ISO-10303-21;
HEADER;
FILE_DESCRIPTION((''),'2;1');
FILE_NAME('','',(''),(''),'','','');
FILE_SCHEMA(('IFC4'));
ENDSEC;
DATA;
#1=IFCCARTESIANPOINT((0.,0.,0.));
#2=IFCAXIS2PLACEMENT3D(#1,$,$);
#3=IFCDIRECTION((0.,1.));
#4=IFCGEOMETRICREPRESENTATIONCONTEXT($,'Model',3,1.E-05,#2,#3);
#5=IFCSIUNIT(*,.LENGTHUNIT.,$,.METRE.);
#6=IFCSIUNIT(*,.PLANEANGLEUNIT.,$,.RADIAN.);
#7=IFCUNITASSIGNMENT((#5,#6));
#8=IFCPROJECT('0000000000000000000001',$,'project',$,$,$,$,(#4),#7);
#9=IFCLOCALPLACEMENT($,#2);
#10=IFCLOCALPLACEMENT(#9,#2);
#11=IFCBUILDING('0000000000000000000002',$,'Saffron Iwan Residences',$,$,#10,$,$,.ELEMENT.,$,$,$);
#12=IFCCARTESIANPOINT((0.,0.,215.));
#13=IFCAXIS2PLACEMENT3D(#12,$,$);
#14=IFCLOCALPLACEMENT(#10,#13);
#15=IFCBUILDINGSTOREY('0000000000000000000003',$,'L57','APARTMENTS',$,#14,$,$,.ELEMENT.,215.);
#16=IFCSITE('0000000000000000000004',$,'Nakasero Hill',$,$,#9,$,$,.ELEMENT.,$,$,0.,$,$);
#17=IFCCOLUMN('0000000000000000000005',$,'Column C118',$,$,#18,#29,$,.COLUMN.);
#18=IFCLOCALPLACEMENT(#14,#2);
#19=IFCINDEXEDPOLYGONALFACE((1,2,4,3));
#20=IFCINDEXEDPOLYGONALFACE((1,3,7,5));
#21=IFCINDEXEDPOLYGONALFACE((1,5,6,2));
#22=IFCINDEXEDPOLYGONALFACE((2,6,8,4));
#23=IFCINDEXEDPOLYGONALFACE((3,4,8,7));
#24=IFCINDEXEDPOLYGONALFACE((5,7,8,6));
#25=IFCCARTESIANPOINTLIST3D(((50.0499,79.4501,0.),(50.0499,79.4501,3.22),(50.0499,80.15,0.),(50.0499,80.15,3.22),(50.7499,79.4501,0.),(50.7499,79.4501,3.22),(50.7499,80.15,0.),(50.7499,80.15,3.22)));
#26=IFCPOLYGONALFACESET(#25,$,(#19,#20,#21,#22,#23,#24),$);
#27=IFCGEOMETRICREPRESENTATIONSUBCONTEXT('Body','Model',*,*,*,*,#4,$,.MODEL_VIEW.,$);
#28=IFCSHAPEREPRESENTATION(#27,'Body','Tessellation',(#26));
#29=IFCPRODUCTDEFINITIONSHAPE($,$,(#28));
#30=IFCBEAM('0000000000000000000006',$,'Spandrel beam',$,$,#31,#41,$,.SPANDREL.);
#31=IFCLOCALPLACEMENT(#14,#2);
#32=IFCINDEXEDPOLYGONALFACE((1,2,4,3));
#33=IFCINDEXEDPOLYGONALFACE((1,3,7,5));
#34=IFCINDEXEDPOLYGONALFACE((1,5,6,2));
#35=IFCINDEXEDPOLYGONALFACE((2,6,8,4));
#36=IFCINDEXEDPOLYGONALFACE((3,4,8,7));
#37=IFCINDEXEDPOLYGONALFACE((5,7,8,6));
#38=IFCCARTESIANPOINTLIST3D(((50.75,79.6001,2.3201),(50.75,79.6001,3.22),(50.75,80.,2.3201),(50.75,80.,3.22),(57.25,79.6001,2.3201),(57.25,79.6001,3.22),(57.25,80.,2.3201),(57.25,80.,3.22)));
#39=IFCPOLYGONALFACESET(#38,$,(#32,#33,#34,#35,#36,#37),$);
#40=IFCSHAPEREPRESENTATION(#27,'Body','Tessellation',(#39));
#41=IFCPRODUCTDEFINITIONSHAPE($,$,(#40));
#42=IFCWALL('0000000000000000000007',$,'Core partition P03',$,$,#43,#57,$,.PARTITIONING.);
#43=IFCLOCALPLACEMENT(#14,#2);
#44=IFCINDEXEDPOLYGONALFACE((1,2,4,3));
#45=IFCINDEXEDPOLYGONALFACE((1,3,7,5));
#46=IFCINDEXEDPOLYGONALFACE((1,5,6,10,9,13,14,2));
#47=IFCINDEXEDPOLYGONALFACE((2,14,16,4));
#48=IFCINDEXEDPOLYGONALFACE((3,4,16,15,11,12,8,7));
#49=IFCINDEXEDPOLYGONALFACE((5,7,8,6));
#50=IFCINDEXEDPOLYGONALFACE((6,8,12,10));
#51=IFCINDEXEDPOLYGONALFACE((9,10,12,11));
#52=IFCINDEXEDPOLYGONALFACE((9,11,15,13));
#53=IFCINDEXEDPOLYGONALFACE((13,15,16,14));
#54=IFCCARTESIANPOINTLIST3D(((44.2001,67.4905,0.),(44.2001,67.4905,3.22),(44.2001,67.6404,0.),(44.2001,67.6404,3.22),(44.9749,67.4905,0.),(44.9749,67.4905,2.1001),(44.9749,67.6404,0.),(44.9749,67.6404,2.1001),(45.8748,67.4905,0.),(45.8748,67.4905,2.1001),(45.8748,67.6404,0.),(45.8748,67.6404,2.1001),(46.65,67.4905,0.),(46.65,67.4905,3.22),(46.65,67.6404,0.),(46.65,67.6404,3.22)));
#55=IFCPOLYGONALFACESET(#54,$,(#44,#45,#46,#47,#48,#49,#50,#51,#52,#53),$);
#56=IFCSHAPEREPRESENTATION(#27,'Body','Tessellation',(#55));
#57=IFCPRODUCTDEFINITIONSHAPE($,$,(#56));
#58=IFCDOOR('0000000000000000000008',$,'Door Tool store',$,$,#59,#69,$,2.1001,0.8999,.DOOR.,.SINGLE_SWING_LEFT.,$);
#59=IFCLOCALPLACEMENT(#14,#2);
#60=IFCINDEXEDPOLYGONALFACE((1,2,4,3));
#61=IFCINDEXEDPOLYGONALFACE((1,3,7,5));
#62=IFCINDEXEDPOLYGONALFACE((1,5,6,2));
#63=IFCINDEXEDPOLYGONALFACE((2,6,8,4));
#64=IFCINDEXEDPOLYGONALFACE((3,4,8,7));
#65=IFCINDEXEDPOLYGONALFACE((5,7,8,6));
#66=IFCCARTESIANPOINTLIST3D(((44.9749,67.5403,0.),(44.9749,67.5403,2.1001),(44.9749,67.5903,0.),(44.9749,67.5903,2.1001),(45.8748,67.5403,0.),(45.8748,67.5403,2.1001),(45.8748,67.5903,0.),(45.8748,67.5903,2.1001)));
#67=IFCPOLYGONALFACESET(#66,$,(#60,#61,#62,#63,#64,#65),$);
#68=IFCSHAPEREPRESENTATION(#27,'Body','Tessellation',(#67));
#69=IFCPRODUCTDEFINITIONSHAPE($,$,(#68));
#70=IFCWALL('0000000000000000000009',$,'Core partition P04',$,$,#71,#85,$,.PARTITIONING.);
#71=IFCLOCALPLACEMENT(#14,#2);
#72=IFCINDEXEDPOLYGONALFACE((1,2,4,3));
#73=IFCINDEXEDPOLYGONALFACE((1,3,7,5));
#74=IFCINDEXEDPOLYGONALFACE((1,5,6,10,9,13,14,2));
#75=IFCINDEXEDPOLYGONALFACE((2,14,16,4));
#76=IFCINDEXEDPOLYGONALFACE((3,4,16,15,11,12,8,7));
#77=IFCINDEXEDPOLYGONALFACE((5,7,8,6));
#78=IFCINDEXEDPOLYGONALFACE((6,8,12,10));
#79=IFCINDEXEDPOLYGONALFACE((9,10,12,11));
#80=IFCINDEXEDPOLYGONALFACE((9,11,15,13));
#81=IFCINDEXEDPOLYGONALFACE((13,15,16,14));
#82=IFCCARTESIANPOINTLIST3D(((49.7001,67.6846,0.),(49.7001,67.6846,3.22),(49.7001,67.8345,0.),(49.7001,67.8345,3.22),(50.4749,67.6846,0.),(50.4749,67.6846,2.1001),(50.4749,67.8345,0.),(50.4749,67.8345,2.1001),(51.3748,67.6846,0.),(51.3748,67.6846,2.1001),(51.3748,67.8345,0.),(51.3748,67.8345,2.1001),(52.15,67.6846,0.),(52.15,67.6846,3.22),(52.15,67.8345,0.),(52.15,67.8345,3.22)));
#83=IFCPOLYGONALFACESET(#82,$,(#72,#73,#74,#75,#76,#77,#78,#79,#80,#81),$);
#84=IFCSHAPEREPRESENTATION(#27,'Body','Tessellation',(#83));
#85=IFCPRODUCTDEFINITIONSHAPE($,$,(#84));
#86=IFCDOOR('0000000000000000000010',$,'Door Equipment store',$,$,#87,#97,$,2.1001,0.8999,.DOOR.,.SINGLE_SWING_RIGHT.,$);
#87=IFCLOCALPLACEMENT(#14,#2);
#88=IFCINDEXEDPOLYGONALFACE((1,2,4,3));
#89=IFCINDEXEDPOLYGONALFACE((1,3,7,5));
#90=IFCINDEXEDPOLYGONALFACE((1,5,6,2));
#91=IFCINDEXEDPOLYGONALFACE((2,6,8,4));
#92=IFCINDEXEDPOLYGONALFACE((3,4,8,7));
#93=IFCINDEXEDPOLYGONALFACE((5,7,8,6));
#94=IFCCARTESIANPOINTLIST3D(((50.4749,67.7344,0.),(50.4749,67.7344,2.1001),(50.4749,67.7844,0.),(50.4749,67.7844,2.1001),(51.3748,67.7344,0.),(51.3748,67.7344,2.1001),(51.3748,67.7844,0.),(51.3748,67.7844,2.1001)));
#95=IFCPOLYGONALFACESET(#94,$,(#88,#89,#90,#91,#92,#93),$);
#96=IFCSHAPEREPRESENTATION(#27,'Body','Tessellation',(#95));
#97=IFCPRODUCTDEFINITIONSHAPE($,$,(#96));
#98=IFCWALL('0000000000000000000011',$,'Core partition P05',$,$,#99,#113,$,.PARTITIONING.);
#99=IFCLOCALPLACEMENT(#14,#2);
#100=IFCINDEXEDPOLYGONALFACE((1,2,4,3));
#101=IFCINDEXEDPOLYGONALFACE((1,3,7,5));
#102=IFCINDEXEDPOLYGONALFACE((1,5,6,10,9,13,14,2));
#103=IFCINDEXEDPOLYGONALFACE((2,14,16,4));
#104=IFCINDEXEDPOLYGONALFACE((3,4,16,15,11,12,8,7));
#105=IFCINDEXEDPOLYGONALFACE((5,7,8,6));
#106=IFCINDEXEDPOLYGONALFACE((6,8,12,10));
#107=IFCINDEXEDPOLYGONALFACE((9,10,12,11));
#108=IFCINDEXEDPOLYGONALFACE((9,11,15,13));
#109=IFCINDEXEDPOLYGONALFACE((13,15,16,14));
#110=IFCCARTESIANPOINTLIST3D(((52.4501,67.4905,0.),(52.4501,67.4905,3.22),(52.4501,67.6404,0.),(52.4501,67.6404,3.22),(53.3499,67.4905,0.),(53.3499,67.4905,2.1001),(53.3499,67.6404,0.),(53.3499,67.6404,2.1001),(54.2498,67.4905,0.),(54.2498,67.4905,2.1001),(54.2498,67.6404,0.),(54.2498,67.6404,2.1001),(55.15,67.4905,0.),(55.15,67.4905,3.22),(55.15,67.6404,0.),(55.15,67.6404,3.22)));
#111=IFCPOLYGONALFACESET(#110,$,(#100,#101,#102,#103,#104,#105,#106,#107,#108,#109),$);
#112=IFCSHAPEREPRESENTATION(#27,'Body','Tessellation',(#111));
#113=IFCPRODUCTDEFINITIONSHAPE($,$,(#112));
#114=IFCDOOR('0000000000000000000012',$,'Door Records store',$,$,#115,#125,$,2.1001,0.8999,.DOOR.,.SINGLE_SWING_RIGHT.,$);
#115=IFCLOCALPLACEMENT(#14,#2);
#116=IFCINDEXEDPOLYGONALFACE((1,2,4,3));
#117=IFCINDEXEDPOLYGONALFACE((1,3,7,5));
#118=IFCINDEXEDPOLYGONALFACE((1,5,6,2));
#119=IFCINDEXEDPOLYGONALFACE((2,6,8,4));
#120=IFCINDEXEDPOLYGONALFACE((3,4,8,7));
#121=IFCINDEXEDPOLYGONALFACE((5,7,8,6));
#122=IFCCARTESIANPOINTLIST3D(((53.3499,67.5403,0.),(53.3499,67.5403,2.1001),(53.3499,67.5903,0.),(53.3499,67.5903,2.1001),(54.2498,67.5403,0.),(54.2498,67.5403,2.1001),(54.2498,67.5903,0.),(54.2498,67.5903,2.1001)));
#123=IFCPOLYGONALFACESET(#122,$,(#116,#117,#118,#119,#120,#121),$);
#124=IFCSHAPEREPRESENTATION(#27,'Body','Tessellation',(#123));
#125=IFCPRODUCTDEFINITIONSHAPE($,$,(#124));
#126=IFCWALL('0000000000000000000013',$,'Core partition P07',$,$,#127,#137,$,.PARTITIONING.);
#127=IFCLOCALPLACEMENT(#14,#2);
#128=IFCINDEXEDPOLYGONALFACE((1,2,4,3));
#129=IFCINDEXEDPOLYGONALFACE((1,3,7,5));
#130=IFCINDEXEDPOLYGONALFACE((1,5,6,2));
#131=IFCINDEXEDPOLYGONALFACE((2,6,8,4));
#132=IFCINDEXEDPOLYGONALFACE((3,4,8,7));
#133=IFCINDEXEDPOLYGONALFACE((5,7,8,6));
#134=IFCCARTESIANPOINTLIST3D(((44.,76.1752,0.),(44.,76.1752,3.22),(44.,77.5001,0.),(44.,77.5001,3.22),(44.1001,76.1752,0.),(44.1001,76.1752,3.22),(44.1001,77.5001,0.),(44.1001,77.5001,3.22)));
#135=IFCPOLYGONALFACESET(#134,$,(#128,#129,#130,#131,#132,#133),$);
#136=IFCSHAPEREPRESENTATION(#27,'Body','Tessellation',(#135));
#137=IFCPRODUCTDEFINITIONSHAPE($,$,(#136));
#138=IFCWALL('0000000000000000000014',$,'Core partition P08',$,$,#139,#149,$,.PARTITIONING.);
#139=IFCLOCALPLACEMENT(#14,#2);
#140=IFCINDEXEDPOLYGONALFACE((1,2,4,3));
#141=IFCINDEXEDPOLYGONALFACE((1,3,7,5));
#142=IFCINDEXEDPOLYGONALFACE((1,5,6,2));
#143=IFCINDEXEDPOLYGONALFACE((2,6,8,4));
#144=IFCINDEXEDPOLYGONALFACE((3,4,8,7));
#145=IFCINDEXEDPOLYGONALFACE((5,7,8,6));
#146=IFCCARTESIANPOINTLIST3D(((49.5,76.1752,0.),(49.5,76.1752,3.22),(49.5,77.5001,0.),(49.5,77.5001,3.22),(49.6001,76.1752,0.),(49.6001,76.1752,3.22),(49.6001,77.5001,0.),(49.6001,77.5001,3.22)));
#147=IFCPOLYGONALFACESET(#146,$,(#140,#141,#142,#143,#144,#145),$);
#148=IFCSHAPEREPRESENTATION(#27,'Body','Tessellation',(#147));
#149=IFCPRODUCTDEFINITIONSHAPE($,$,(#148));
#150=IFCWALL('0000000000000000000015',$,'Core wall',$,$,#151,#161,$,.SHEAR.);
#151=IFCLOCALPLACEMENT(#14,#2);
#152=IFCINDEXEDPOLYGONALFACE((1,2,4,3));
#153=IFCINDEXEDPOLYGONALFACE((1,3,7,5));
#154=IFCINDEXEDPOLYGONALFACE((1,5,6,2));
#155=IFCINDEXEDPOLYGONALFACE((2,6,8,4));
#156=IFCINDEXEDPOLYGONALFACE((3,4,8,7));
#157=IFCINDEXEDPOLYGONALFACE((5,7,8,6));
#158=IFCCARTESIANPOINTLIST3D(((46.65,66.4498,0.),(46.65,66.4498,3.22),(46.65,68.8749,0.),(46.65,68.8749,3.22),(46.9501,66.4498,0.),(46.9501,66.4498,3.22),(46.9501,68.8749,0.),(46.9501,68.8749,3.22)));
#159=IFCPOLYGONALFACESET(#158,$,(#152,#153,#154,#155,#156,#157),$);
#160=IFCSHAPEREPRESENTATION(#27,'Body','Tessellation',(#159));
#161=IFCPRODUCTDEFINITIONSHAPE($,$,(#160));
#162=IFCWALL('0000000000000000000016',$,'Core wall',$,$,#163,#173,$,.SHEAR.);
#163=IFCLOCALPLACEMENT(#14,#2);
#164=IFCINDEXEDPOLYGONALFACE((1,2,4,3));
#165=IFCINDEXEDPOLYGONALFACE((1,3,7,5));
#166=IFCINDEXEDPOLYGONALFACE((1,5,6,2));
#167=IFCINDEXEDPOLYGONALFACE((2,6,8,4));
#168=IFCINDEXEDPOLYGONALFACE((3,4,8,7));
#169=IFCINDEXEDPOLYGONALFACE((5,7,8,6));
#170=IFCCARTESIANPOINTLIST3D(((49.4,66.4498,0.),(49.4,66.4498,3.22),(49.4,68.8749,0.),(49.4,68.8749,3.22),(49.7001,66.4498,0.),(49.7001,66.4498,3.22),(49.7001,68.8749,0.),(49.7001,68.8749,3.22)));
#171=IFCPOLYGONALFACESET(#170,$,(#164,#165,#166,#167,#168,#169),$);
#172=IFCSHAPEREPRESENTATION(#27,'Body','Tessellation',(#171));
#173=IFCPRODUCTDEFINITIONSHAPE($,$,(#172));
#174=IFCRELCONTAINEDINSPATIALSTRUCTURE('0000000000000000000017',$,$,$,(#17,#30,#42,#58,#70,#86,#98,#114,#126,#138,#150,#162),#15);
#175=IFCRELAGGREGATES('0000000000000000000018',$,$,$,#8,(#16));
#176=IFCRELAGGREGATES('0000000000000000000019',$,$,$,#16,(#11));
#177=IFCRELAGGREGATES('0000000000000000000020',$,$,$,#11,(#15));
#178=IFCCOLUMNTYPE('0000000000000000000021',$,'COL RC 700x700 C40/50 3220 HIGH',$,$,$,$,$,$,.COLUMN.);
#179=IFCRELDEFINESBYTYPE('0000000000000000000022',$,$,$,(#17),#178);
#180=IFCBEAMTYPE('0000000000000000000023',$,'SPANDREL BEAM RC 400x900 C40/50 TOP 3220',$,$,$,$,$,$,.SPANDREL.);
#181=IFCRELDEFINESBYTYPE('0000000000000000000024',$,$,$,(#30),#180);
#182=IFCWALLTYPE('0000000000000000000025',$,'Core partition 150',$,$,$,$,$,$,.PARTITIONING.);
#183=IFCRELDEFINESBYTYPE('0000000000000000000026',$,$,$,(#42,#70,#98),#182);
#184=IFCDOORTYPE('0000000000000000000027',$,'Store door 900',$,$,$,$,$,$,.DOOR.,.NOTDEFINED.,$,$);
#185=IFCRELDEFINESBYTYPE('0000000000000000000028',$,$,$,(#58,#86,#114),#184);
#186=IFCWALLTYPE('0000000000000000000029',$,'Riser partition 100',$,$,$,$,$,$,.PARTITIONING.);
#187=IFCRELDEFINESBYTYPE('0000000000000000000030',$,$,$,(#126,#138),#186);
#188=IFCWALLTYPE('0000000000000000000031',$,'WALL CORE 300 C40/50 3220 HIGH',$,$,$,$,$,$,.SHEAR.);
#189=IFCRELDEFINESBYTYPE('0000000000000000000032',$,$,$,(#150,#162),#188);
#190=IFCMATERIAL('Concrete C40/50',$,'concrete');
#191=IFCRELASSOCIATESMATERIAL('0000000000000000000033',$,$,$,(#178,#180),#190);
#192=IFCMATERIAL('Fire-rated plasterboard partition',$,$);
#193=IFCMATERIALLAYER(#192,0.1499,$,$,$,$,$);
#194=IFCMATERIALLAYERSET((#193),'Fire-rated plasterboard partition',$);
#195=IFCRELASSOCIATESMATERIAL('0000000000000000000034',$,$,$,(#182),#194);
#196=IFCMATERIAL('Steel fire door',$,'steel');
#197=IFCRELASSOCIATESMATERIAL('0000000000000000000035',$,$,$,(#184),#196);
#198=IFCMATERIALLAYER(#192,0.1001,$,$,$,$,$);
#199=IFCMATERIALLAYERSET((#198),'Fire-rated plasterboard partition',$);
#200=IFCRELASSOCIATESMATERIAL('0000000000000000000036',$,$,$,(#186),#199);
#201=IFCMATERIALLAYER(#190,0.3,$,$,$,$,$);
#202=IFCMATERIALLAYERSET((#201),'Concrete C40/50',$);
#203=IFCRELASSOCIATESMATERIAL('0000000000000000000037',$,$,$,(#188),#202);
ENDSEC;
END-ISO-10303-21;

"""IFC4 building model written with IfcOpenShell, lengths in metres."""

from ifc_helpers import new_model, si_unit, direction, frame, frame_2d, origin, origin_2d, place, context, subcontext, project, spatial, rectangle, extrude, source, transform, mapped, material, layer, layer_set, material_profile, profile_set, type_object, element, fill, save


model = new_model("IFC4")

# Units and contexts
model_context = context("Model", 3, precision=1e-05, world=origin(), true_north=direction((0.0, 1.0)))
body_context = subcontext(model_context, "Body", "Model", "MODEL_VIEW")
ifc_project = project(units=[si_unit("LENGTHUNIT", "METRE"), si_unit("PLANEANGLEUNIT", "RADIAN")], contexts=[model_context])

# Site, building, storey
site_placement = place(None, origin())
site = spatial("IfcSite", under=ifc_project, at=site_placement, Name="Nakasero Hill", CompositionType="ELEMENT", RefElevation=0.0)
building_placement = place(site_placement, origin())
building = spatial("IfcBuilding", under=site, at=building_placement, Name="Saffron Iwan Residences", CompositionType="ELEMENT")
storey_placement = place(building_placement, frame((0.0, 0.0, 215.0)))
storey = spatial("IfcBuildingStorey", under=building, at=storey_placement, Name="L57", Description="APARTMENTS", CompositionType="ELEMENT", Elevation=215.0)

# Column
ifc_material_1 = material(Name="Concrete C40/50", Category="concrete")
ifc_material_profile_1 = material_profile(ifc_material_1, rectangle(XDim=0.7, YDim=0.7, at=origin_2d()), Name="RC 700x700")
ifc_profile_set_1 = profile_set([ifc_material_profile_1], Name="Concrete C40/50")
column_type = type_object("IfcColumnType", Name="COL RC 700x700 C40/50 3220 HIGH", PredefinedType="COLUMN", material=ifc_profile_set_1)
shared_shape_1 = source(origin(), body_context, "Body", "SweptSolid", [
    extrude(rectangle(XDim=0.7, YDim=0.7, at=origin_2d()), origin(), (0.0, 0.0, 1.0), 3.22),
])
column_placement = place(storey_placement, frame((50.3999, 79.8, 0.0), z_axis=(0.0, 0.0, 1.0), x_axis=(1.0, 0.0, 0.0)))
element("IfcColumn", 1, at=column_placement, inside=storey, type_object=column_type, Name="Column C118", PredefinedType="COLUMN", context=body_context, shape_type="MappedRepresentation", body=[
    mapped(shared_shape_1, transform((0.0, 0.0, 0.0))),
])

# Beam
ifc_material_profile_2 = material_profile(ifc_material_1, rectangle(XDim=0.3999, YDim=0.8999, at=origin_2d()), Name="RC 400x900")
ifc_profile_set_2 = profile_set([ifc_material_profile_2], Name="Concrete C40/50")
beam_type = type_object("IfcBeamType", Name="SPANDREL BEAM RC 400x900 C40/50 TOP 3220", PredefinedType="SPANDREL", material=ifc_profile_set_2)
shared_shape_2 = source(origin(), body_context, "Body", "SweptSolid", [
    extrude(rectangle(XDim=0.3999, YDim=0.8999, at=origin_2d()), origin(), (0.0, 0.0, 1.0), 6.5),
])
beam_placement = place(storey_placement, frame((50.75, 79.8, 2.77), z_axis=(1.0, 0.0, 0.0), x_axis=(0.0, 1.0, 0.0)))
element("IfcBeam", 2, at=beam_placement, inside=storey, type_object=beam_type, Name="Spandrel beam", PredefinedType="SPANDREL", context=body_context, shape_type="MappedRepresentation", body=[
    mapped(shared_shape_2, transform((0.0, 0.0, 0.0))),
])

# Walls, openings, doors
ifc_material_2 = material(Name="Fire-rated plasterboard partition")
ifc_layer_1 = layer(ifc_material_2, 0.1499)
ifc_layer_set_1 = layer_set([ifc_layer_1], Name="Fire-rated plasterboard partition")
wall_type_1 = type_object("IfcWallType", Name="Core partition 150", PredefinedType="PARTITIONING", material=ifc_layer_set_1)
wall_1_placement = place(storey_placement, frame((44.2, 67.5654, 0.0), z_axis=(0.0, 0.0, 1.0), x_axis=(1.0, 0.0, 0.0)))
wall_1 = element("IfcWall", 3, at=wall_1_placement, inside=storey, type_object=wall_type_1, Name="Core partition P03", PredefinedType="PARTITIONING", context=body_context, shape_type="SweptSolid", body=[
    extrude(rectangle(XDim=2.45, YDim=0.1499, at=frame_2d((1.2251, 0.0))), origin(), (0.0, 0.0, 1.0), 3.22),
])
opening_1_placement = place(wall_1_placement, frame((0.7749, 0.0, 0.0)))
opening_1 = element("IfcOpeningElement", 4, at=opening_1_placement, cuts=wall_1, PredefinedType="OPENING", context=body_context, shape_type="SweptSolid", body=[
    extrude(rectangle(XDim=0.8999, YDim=2.1001, at=frame_2d((0.45, 1.05))), frame((0.0, 0.085, 0.0), z_axis=(0.0, -1.0, 0.0), x_axis=(1.0, 0.0, 0.0)), (0.0, 0.0, 1.0), 0.1699),
])
ifc_material_3 = material(Name="Steel fire door", Category="steel")
door_type = type_object("IfcDoorType", Name="Store door 900", OperationType="NOTDEFINED", PredefinedType="DOOR", material=ifc_material_3)
door_1_placement = place(opening_1_placement, origin())
door_1 = element("IfcDoor", 5, at=door_1_placement, inside=storey, type_object=door_type, Name="Door Tool store", OperationType="SINGLE_SWING_LEFT", OverallHeight=2.1001, OverallWidth=0.8999, PredefinedType="DOOR", context=body_context, shape_type="SweptSolid", body=[
    extrude(rectangle(XDim=0.8999, YDim=2.1001, at=frame_2d((0.45, 1.05))), frame((0.0, 0.0249, 0.0), z_axis=(0.0, -1.0, 0.0), x_axis=(1.0, 0.0, 0.0)), (0.0, 0.0, 1.0), 0.05),
])
fill(opening_1, door_1)
wall_2_placement = place(storey_placement, frame((49.7, 67.7595, 0.0), z_axis=(0.0, 0.0, 1.0), x_axis=(1.0, 0.0, 0.0)))
wall_2 = element("IfcWall", 6, at=wall_2_placement, inside=storey, type_object=wall_type_1, Name="Core partition P04", PredefinedType="PARTITIONING", context=body_context, shape_type="SweptSolid", body=[
    extrude(rectangle(XDim=2.45, YDim=0.1499, at=frame_2d((1.2251, 0.0))), origin(), (0.0, 0.0, 1.0), 3.22),
])
opening_2_placement = place(wall_2_placement, frame((0.7749, 0.0, 0.0)))
opening_2 = element("IfcOpeningElement", 7, at=opening_2_placement, cuts=wall_2, PredefinedType="OPENING", context=body_context, shape_type="SweptSolid", body=[
    extrude(rectangle(XDim=0.8999, YDim=2.1001, at=frame_2d((0.45, 1.05))), frame((0.0, 0.085, 0.0), z_axis=(0.0, -1.0, 0.0), x_axis=(1.0, 0.0, 0.0)), (0.0, 0.0, 1.0), 0.1699),
])
door_2_placement = place(opening_2_placement, origin())
door_2 = element("IfcDoor", 8, at=door_2_placement, inside=storey, type_object=door_type, Name="Door Equipment store", OperationType="SINGLE_SWING_RIGHT", OverallHeight=2.1001, OverallWidth=0.8999, PredefinedType="DOOR", context=body_context, shape_type="SweptSolid", body=[
    extrude(rectangle(XDim=0.8999, YDim=2.1001, at=frame_2d((0.45, 1.05))), frame((0.0, 0.0249, 0.0), z_axis=(0.0, -1.0, 0.0), x_axis=(1.0, 0.0, 0.0)), (0.0, 0.0, 1.0), 0.05),
])
fill(opening_2, door_2)
wall_3_placement = place(storey_placement, frame((52.45, 67.5654, 0.0), z_axis=(0.0, 0.0, 1.0), x_axis=(1.0, 0.0, 0.0)))
wall_3 = element("IfcWall", 9, at=wall_3_placement, inside=storey, type_object=wall_type_1, Name="Core partition P05", PredefinedType="PARTITIONING", context=body_context, shape_type="SweptSolid", body=[
    extrude(rectangle(XDim=2.7, YDim=0.1499, at=frame_2d((1.3501, 0.0))), origin(), (0.0, 0.0, 1.0), 3.22),
])
opening_3_placement = place(wall_3_placement, frame((0.8999, 0.0, 0.0)))
opening_3 = element("IfcOpeningElement", 10, at=opening_3_placement, cuts=wall_3, PredefinedType="OPENING", context=body_context, shape_type="SweptSolid", body=[
    extrude(rectangle(XDim=0.8999, YDim=2.1001, at=frame_2d((0.45, 1.05))), frame((0.0, 0.085, 0.0), z_axis=(0.0, -1.0, 0.0), x_axis=(1.0, 0.0, 0.0)), (0.0, 0.0, 1.0), 0.1699),
])
door_3_placement = place(opening_3_placement, origin())
door_3 = element("IfcDoor", 11, at=door_3_placement, inside=storey, type_object=door_type, Name="Door Records store", OperationType="SINGLE_SWING_RIGHT", OverallHeight=2.1001, OverallWidth=0.8999, PredefinedType="DOOR", context=body_context, shape_type="SweptSolid", body=[
    extrude(rectangle(XDim=0.8999, YDim=2.1001, at=frame_2d((0.45, 1.05))), frame((0.0, 0.0249, 0.0), z_axis=(0.0, -1.0, 0.0), x_axis=(1.0, 0.0, 0.0)), (0.0, 0.0, 1.0), 0.05),
])
fill(opening_3, door_3)

# Walls
ifc_layer_2 = layer(ifc_material_2, 0.1001)
ifc_layer_set_2 = layer_set([ifc_layer_2], Name="Fire-rated plasterboard partition")
wall_type_2 = type_object("IfcWallType", Name="Riser partition 100", PredefinedType="PARTITIONING", material=ifc_layer_set_2)
for number, where, z_axis, x_axis, name in (
    (12, (44.05, 76.175, 0.0), (0.0, 0.0, 1.0), (0.0, 1.0, 0.0), "Core partition P07"),
    (13, (49.55, 76.175, 0.0), (0.0, 0.0, 1.0), (0.0, 1.0, 0.0), "Core partition P08"),
):
    element("IfcWall", number, at=place(storey_placement, frame(where, z_axis=z_axis, x_axis=x_axis)), inside=storey, type_object=wall_type_2, Name=name, PredefinedType="PARTITIONING", context=body_context, shape_type="SweptSolid", body=[
        extrude(rectangle(XDim=1.325, YDim=0.1001, at=frame_2d((0.6626, 0.0))), origin(), (0.0, 0.0, 1.0), 3.22),
    ])
ifc_layer_3 = layer(ifc_material_1, 0.3)
ifc_layer_set_3 = layer_set([ifc_layer_3], Name="Concrete C40/50")
wall_type_3 = type_object("IfcWallType", Name="WALL CORE 300 C40/50 3220 HIGH", PredefinedType="SHEAR", material=ifc_layer_set_3)
for number, where, z_axis, x_axis, name in (
    (14, (46.8, 66.45, 0.0), (0.0, 0.0, 1.0), (0.0, 1.0, 0.0), "Core wall"),
    (15, (49.55, 66.45, 0.0), (0.0, 0.0, 1.0), (0.0, 1.0, 0.0), "Core wall"),
):
    element("IfcWall", number, at=place(storey_placement, frame(where, z_axis=z_axis, x_axis=x_axis)), inside=storey, type_object=wall_type_3, Name=name, PredefinedType="SHEAR", context=body_context, shape_type="SweptSolid", body=[
        extrude(rectangle(XDim=2.425, YDim=0.3, at=frame_2d((1.2124, 0.0))), origin(), (0.0, 0.0, 1.0), 3.22),
    ])

save(model, "model.ifc")
